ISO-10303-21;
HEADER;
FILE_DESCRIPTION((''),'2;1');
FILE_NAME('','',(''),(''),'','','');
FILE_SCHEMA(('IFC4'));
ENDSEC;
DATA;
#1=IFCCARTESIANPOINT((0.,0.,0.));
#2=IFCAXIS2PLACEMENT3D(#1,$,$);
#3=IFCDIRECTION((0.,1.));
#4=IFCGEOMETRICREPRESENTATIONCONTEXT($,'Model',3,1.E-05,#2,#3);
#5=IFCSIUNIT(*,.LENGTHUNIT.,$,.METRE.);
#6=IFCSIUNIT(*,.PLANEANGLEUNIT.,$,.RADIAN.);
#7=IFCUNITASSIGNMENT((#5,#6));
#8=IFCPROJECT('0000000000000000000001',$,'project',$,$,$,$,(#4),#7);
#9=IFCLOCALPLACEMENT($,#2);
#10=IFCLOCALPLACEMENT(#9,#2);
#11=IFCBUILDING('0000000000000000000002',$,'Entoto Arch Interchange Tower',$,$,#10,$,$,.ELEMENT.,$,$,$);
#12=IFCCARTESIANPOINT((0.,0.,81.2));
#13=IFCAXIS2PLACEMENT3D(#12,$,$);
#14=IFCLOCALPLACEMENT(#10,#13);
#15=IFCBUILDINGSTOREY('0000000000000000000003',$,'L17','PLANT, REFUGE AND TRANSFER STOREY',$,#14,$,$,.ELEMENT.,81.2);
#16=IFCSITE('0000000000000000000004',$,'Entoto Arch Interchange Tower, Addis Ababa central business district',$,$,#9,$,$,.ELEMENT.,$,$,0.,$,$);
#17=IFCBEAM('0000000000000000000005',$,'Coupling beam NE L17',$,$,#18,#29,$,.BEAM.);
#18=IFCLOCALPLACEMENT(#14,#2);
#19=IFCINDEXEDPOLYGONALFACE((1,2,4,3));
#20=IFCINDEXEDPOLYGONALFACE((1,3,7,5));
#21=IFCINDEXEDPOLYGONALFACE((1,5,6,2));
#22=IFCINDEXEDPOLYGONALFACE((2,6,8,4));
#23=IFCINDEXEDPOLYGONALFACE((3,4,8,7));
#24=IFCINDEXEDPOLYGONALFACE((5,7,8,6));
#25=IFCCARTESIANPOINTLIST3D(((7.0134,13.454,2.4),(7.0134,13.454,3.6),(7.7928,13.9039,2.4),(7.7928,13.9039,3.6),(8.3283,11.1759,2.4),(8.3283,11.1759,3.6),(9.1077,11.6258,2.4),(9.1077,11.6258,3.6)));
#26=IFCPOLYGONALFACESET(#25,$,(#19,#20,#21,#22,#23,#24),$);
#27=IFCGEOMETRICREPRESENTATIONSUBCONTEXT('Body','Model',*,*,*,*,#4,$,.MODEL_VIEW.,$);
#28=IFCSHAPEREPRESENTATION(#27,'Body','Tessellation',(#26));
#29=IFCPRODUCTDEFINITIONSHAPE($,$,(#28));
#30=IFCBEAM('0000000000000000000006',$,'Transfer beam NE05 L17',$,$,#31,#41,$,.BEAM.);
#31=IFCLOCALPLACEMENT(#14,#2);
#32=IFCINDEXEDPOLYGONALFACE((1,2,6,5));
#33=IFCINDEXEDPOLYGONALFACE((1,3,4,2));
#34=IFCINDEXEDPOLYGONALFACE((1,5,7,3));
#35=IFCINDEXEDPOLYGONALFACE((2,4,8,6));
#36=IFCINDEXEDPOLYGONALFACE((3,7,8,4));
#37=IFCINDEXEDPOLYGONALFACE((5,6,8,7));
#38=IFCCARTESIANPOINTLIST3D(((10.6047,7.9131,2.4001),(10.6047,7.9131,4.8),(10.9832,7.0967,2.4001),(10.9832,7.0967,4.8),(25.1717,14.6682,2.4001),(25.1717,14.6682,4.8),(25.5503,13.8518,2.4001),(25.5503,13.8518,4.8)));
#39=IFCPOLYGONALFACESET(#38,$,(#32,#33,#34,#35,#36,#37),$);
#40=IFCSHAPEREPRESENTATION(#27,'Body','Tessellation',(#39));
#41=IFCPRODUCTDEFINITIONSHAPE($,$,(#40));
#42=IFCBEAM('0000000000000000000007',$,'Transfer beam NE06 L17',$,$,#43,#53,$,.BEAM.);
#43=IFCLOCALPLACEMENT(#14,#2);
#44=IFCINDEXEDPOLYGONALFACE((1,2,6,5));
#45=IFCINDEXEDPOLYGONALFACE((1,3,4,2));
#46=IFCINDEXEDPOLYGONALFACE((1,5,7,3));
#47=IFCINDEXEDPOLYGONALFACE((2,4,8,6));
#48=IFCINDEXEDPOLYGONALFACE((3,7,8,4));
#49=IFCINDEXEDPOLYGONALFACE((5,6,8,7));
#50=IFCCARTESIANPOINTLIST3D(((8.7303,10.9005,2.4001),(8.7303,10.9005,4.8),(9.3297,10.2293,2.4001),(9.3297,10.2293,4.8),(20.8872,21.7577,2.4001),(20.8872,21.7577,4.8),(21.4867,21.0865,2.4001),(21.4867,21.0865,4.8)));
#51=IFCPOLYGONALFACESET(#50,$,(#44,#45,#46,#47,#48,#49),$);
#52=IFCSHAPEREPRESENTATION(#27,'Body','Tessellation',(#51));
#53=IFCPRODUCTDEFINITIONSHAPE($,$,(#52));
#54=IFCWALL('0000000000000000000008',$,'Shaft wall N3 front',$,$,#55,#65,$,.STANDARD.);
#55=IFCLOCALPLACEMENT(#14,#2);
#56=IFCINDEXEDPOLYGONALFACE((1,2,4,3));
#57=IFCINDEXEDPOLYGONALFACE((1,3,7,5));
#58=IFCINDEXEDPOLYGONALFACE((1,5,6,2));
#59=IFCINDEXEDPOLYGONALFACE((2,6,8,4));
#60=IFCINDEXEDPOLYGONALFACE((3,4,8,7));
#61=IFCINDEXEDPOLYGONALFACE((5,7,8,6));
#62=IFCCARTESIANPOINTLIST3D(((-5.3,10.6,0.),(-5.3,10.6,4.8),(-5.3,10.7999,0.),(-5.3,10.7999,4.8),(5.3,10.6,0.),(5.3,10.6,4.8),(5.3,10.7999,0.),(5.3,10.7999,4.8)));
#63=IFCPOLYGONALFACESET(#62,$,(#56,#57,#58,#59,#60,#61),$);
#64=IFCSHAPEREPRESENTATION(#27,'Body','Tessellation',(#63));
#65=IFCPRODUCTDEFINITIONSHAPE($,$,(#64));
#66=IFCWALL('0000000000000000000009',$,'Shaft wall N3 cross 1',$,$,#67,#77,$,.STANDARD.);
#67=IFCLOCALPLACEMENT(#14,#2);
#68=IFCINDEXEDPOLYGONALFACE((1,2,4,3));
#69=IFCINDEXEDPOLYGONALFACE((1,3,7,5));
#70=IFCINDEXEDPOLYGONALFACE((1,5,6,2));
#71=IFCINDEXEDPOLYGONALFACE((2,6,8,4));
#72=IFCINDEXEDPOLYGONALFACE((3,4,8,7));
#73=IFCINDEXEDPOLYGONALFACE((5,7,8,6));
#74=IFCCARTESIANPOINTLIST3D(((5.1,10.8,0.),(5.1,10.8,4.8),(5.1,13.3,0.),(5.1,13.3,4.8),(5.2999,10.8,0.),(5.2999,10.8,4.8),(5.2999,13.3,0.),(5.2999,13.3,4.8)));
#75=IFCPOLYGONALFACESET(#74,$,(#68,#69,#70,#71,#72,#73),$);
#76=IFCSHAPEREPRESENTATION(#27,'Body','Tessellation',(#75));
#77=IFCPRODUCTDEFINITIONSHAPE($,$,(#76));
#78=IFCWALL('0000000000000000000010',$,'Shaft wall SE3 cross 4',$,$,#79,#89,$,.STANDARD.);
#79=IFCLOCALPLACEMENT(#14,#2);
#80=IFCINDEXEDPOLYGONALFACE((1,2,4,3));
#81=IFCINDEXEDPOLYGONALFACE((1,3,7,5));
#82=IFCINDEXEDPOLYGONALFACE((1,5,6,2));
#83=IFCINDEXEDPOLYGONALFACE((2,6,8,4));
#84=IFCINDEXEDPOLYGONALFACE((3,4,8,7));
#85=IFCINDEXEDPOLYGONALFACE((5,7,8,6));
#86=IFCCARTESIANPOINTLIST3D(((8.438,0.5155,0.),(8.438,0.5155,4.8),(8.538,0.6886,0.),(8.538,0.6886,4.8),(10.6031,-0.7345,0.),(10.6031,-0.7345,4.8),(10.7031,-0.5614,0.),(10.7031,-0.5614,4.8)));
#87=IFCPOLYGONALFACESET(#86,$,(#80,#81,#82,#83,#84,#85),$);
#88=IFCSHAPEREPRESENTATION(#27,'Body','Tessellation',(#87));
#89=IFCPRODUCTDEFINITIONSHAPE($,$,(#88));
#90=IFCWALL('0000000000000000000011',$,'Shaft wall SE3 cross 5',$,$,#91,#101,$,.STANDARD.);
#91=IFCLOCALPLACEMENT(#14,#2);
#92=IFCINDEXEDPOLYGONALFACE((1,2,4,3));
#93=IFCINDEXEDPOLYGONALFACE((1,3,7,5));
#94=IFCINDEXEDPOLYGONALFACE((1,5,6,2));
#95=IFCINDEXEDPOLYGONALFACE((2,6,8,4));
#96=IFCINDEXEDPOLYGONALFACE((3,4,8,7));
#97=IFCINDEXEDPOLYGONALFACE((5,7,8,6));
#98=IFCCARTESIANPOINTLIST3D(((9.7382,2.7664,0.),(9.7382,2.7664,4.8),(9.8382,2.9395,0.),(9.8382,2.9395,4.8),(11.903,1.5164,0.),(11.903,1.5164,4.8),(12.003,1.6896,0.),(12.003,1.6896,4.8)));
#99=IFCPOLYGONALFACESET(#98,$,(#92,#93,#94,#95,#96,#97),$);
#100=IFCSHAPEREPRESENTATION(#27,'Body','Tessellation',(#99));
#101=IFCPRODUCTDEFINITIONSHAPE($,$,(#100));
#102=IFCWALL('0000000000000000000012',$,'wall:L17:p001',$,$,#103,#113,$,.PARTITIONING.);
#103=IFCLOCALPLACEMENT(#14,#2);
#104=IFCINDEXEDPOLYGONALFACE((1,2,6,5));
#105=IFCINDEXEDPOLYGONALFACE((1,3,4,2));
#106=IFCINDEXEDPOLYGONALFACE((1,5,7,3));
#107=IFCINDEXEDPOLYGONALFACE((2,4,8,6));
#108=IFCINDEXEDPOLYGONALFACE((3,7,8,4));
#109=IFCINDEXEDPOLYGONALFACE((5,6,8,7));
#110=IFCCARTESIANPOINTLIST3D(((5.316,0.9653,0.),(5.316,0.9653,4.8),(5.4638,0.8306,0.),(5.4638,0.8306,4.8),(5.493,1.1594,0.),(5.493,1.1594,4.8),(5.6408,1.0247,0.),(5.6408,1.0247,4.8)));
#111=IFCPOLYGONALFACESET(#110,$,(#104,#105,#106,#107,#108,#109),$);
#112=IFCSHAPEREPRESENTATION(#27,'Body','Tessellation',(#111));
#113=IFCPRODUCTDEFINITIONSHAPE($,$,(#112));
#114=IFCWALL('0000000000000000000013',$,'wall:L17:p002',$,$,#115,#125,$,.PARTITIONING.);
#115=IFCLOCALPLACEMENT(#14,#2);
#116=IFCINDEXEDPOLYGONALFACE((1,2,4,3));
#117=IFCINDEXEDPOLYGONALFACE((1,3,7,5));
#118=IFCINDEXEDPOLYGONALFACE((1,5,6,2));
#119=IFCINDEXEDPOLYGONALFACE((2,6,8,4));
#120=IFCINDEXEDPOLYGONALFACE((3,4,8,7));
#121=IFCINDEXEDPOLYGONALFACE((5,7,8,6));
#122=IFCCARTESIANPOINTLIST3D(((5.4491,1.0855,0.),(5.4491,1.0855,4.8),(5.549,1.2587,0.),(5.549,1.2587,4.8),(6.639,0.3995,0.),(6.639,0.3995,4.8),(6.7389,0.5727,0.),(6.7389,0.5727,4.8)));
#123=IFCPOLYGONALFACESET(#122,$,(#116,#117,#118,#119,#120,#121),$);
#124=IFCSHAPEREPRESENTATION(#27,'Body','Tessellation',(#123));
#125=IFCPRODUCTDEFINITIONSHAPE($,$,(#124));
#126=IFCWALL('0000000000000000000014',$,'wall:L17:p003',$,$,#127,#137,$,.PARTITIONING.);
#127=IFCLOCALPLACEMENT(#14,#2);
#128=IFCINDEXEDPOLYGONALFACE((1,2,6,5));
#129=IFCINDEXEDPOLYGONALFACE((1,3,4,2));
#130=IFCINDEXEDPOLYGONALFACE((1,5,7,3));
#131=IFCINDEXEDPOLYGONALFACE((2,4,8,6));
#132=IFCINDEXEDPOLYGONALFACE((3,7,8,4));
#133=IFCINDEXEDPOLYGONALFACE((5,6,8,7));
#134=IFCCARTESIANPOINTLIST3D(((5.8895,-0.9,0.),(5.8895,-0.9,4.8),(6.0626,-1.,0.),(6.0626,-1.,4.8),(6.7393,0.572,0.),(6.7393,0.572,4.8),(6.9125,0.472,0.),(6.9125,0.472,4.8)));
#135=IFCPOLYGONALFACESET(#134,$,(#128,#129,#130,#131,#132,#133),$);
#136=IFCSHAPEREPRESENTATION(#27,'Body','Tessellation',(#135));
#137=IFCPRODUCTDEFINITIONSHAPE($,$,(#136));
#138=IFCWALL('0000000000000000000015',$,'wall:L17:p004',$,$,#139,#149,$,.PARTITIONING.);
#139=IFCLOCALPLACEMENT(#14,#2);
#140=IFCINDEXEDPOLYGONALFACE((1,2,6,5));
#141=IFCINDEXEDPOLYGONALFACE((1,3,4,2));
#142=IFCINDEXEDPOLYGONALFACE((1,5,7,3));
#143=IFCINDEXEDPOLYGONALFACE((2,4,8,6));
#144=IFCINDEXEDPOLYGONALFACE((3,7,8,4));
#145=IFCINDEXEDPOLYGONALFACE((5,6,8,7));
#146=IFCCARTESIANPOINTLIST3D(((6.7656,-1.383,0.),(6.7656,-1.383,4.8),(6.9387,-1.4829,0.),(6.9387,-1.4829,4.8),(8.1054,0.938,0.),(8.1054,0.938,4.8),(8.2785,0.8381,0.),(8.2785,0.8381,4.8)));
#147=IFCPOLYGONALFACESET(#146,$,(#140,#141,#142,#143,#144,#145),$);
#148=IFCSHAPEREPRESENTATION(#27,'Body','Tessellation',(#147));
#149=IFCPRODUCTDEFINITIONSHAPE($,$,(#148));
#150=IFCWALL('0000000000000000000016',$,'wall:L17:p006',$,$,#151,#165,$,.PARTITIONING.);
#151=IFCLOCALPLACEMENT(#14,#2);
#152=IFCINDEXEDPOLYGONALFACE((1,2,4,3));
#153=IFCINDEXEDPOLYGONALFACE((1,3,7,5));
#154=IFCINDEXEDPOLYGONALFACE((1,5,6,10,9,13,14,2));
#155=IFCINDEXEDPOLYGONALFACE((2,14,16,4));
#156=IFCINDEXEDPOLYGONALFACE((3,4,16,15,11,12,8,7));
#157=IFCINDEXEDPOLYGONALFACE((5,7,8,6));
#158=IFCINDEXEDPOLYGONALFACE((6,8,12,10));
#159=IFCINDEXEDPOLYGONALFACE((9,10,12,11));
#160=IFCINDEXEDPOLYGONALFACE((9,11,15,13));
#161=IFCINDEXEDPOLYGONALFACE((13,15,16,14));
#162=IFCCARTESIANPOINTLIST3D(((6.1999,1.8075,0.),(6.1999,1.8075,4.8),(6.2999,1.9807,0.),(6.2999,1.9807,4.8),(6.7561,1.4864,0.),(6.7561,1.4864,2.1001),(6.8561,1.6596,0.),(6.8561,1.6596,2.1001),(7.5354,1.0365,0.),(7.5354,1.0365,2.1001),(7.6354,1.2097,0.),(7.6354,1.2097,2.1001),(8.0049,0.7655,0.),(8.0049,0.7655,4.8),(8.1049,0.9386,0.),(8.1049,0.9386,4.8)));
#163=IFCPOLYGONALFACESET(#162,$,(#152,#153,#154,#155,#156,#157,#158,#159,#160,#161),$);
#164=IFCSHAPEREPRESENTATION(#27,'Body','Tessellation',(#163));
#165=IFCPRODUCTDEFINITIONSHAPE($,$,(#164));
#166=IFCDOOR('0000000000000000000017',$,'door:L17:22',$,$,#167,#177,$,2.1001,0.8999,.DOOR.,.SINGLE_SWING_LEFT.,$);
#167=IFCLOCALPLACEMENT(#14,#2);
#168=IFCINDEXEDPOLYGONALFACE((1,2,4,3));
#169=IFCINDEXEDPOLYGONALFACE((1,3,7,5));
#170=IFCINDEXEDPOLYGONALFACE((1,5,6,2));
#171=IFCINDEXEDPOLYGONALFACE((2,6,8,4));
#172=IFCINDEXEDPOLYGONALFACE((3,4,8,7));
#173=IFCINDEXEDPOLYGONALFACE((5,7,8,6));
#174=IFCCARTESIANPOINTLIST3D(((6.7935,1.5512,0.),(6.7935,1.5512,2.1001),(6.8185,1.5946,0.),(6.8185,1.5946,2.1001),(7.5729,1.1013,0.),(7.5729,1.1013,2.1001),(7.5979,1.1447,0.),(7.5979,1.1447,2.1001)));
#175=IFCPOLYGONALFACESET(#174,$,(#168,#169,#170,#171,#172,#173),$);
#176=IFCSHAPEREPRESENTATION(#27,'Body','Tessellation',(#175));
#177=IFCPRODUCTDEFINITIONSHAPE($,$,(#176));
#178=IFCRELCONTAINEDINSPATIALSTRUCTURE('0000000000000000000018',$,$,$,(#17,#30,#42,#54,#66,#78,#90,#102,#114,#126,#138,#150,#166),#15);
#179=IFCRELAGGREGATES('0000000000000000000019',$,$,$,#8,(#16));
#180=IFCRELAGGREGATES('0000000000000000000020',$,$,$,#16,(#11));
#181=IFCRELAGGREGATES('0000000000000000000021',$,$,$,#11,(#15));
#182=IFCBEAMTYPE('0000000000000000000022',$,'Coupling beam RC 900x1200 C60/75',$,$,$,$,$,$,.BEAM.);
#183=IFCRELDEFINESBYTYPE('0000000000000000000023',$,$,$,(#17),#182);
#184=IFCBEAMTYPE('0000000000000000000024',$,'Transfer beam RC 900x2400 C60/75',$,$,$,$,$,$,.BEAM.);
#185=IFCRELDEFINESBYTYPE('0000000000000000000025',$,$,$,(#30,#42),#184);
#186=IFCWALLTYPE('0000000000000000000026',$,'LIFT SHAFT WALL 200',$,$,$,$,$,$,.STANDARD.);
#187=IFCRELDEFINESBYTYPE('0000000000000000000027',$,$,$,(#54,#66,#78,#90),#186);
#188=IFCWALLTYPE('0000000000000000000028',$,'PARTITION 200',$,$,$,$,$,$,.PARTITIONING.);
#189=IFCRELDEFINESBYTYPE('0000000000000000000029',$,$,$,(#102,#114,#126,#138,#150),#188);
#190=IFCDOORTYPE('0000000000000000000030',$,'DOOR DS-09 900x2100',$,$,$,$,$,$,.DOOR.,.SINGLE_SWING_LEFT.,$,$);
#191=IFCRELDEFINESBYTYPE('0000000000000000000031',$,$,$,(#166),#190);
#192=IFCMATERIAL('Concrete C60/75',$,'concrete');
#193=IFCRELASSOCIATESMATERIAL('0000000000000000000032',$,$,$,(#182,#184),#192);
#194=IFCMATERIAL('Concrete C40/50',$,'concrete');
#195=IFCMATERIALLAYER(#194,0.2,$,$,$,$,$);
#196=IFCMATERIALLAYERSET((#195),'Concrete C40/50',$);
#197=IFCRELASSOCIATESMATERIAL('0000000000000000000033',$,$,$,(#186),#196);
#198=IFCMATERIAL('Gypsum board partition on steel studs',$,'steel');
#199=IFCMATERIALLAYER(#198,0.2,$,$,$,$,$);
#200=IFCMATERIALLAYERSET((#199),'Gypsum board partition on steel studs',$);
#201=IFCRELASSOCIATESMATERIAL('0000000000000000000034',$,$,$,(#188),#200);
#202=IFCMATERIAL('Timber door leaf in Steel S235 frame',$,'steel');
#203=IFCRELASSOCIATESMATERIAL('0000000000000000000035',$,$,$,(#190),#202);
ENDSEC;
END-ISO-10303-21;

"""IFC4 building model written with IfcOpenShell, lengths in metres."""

from ifc_helpers import new_model, si_unit, direction, frame, frame_2d, origin, origin_2d, place, context, subcontext, project, spatial, rectangle, extrude, material, layer, layer_set, material_profile, profile_set, type_object, element, fill, save


model = new_model("IFC4")

# Units and contexts
model_context = context("Model", 3, precision=1e-05, world=origin(), true_north=direction((0.0, 1.0)))
body_context = subcontext(model_context, "Body", "Model", "MODEL_VIEW")
ifc_project = project(units=[si_unit("LENGTHUNIT", "METRE"), si_unit("PLANEANGLEUNIT", "RADIAN")], contexts=[model_context])

# Site, building, storey
site_placement = place(None, origin())
site = spatial("IfcSite", under=ifc_project, at=site_placement, Name="Entoto Arch Interchange Tower, Addis Ababa central business district", CompositionType="ELEMENT", RefElevation=0.0)
building_placement = place(site_placement, origin())
building = spatial("IfcBuilding", under=site, at=building_placement, Name="Entoto Arch Interchange Tower", CompositionType="ELEMENT")
storey_placement = place(building_placement, frame((0.0, 0.0, 81.2)))
storey = spatial("IfcBuildingStorey", under=building, at=storey_placement, Name="L17", Description="PLANT, REFUGE AND TRANSFER STOREY", CompositionType="ELEMENT", Elevation=81.2)

# Beams
ifc_material_1 = material(Name="Concrete C60/75", Category="concrete")
ifc_material_profile_1 = material_profile(ifc_material_1, rectangle(XDim=0.8999, YDim=1.2, at=origin_2d()))
ifc_profile_set_1 = profile_set([ifc_material_profile_1], Name="Concrete C60/75")
beam_type_1 = type_object("IfcBeamType", Name="Coupling beam RC 900x1200 C60/75", PredefinedType="BEAM", material=ifc_profile_set_1)
beam_1_placement = place(storey_placement, frame((8.718, 11.4009, 3.0), z_axis=(-0.499913, 0.866076, 0.0), x_axis=(-0.866076, -0.499913, 0.0)))
element("IfcBeam", 1, at=beam_1_placement, inside=storey, type_object=beam_type_1, Name="Coupling beam NE L17", PredefinedType="BEAM", context=body_context, shape_type="SweptSolid", body=[
    extrude(rectangle(XDim=0.8999, YDim=1.2, at=origin_2d()), origin(), (0.0, 0.0, 1.0), 2.6304),
])
ifc_material_profile_2 = material_profile(ifc_material_1, rectangle(XDim=0.8999, YDim=2.3999, at=origin_2d()))
ifc_profile_set_2 = profile_set([ifc_material_profile_2], Name="Concrete C60/75")
beam_type_2 = type_object("IfcBeamType", Name="Transfer beam RC 900x2400 C60/75", PredefinedType="BEAM", material=ifc_profile_set_2)
beam_2_placement = place(storey_placement, frame((10.7939, 7.5049, 3.6001), z_axis=(0.907204, 0.420692, 0.0), x_axis=(-0.420692, 0.907204, 0.0)))
element("IfcBeam", 2, at=beam_2_placement, inside=storey, type_object=beam_type_2, Name="Transfer beam NE05 L17", PredefinedType="BEAM", context=body_context, shape_type="SweptSolid", body=[
    extrude(rectangle(XDim=0.8999, YDim=2.3999, at=origin_2d()), origin(), (0.0, 0.0, 1.0), 16.0571),
])
beam_3_placement = place(storey_placement, frame((9.03, 10.5649, 3.6001), z_axis=(0.745854, 0.666109, 0.0), x_axis=(-0.666109, 0.745854, 0.0)))
element("IfcBeam", 3, at=beam_3_placement, inside=storey, type_object=beam_type_2, Name="Transfer beam NE06 L17", PredefinedType="BEAM", context=body_context, shape_type="SweptSolid", body=[
    extrude(rectangle(XDim=0.8999, YDim=2.3999, at=origin_2d()), origin(), (0.0, 0.0, 1.0), 16.2993),
])

# Walls
ifc_material_2 = material(Name="Concrete C40/50", Category="concrete")
ifc_layer_1 = layer(ifc_material_2, 0.2)
ifc_layer_set_1 = layer_set([ifc_layer_1], Name="Concrete C40/50")
wall_type_1 = type_object("IfcWallType", Name="LIFT SHAFT WALL 200", PredefinedType="STANDARD", material=ifc_layer_set_1)
wall_1_placement = place(storey_placement, frame((5.3, 10.7, 0.0), z_axis=(0.0, 0.0, 1.0), x_axis=(-1.0, 0.0, 0.0)))
element("IfcWall", 4, at=wall_1_placement, inside=storey, type_object=wall_type_1, Name="Shaft wall N3 front", PredefinedType="STANDARD", context=body_context, shape_type="SweptSolid", body=[
    extrude(rectangle(XDim=10.6001, YDim=0.2, at=frame_2d((5.3, 0.0))), origin(), (0.0, 0.0, 1.0), 4.8),
])
for number, where, z_axis, x_axis, name in (
    (5, (5.2, 10.8, 0.0), (0.0, 0.0, 1.0), (0.0, 1.0, 0.0), "Shaft wall N3 cross 1"),
    (6, (8.488, 0.6021, 0.0), (0.0, 0.0, 1.0), (0.866023, -0.500004, 0.0), "Shaft wall SE3 cross 4"),
):
    element("IfcWall", number, at=place(storey_placement, frame(where, z_axis=z_axis, x_axis=x_axis)), inside=storey, type_object=wall_type_1, Name=name, PredefinedType="STANDARD", context=body_context, shape_type="SweptSolid", body=[
        extrude(rectangle(XDim=2.5, YDim=0.2, at=frame_2d((1.25, 0.0))), origin(), (0.0, 0.0, 1.0), 4.8),
    ])
wall_2_placement = place(storey_placement, frame((9.7881, 2.853, 0.0), z_axis=(0.0, 0.0, 1.0), x_axis=(0.865999, -0.500047, 0.0)))
element("IfcWall", 7, at=wall_2_placement, inside=storey, type_object=wall_type_1, Name="Shaft wall SE3 cross 5", PredefinedType="STANDARD", context=body_context, shape_type="SweptSolid", body=[
    extrude(rectangle(XDim=2.4998, YDim=0.2, at=frame_2d((1.25, 0.0))), origin(), (0.0, 0.0, 1.0), 4.8),
])
ifc_material_3 = material(Name="Gypsum board partition on steel studs", Category="steel")
ifc_layer_2 = layer(ifc_material_3, 0.2)
ifc_layer_set_2 = layer_set([ifc_layer_2], Name="Gypsum board partition on steel studs")
wall_type_2 = type_object("IfcWallType", Name="PARTITION 200", PredefinedType="PARTITIONING", material=ifc_layer_set_2)
wall_3_placement = place(storey_placement, frame((5.3899, 0.8979, 0.0), z_axis=(0.0, 0.0, 1.0), x_axis=(0.673828, 0.738888, 0.0)))
element("IfcWall", 8, at=wall_3_placement, inside=storey, type_object=wall_type_2, Name="wall:L17:p001", PredefinedType="PARTITIONING", context=body_context, shape_type="SweptSolid", body=[
    extrude(rectangle(XDim=0.2627, YDim=0.2, at=frame_2d((0.1313, 0.0))), origin(), (0.0, 0.0, 1.0), 4.8),
])
wall_4_placement = place(storey_placement, frame((5.499, 1.1721, 0.0), z_axis=(0.0, 0.0, 1.0), x_axis=(0.866334, -0.499466, 0.0)))
element("IfcWall", 9, at=wall_4_placement, inside=storey, type_object=wall_type_2, Name="wall:L17:p002", PredefinedType="PARTITIONING", context=body_context, shape_type="SweptSolid", body=[
    extrude(rectangle(XDim=1.3735, YDim=0.2, at=frame_2d((0.6868, 0.0))), origin(), (0.0, 0.0, 1.0), 4.8),
])
wall_5_placement = place(storey_placement, frame((6.8259, 0.522, 0.0), z_axis=(0.0, 0.0, 1.0), x_axis=(-0.500017, -0.866016, 0.0)))
element("IfcWall", 10, at=wall_5_placement, inside=storey, type_object=wall_type_2, Name="wall:L17:p003", PredefinedType="PARTITIONING", context=body_context, shape_type="SweptSolid", body=[
    extrude(rectangle(XDim=1.6997, YDim=0.2, at=frame_2d((0.8499, 0.0))), origin(), (0.0, 0.0, 1.0), 4.8),
])
wall_6_placement = place(storey_placement, frame((8.1919, 0.8879, 0.0), z_axis=(0.0, 0.0, 1.0), x_axis=(-0.499941, -0.86606, 0.0)))
element("IfcWall", 11, at=wall_6_placement, inside=storey, type_object=wall_type_2, Name="wall:L17:p004", PredefinedType="PARTITIONING", context=body_context, shape_type="SweptSolid", body=[
    extrude(rectangle(XDim=2.6799, YDim=0.2, at=frame_2d((1.3398, 0.0))), origin(), (0.0, 0.0, 1.0), 4.8),
])

# Wall, opening, door
wall_7_placement = place(storey_placement, frame((6.25, 1.894, 0.0), z_axis=(0.0, 0.0, 1.0), x_axis=(0.866043, -0.499969, 0.0)))
wall_7 = element("IfcWall", 12, at=wall_7_placement, inside=storey, type_object=wall_type_2, Name="wall:L17:p006", PredefinedType="PARTITIONING", context=body_context, shape_type="SweptSolid", body=[
    extrude(rectangle(XDim=2.0842, YDim=0.2, at=frame_2d((1.042, 0.0))), origin(), (0.0, 0.0, 1.0), 4.8),
])
opening_placement = place(wall_7_placement, frame((0.6421, 0.0, 0.0)))
opening = element("IfcOpeningElement", 13, at=opening_placement, cuts=wall_7, PredefinedType="OPENING", context=body_context, shape_type="SweptSolid", body=[
    extrude(rectangle(XDim=0.8999, YDim=2.1001, at=frame_2d((0.45, 1.05))), frame((0.0, 0.1099, 0.0), z_axis=(0.0, -1.0, 0.0), x_axis=(1.0, 0.0, 0.0)), (0.0, 0.0, 1.0), 0.22),
])
ifc_material_4 = material(Name="Timber door leaf in Steel S235 frame", Category="steel")
door_type = type_object("IfcDoorType", Name="DOOR DS-09 900x2100", OperationType="SINGLE_SWING_LEFT", PredefinedType="DOOR", material=ifc_material_4)
door_placement = place(opening_placement, origin())
door = element("IfcDoor", 14, at=door_placement, inside=storey, type_object=door_type, Name="door:L17:22", OperationType="SINGLE_SWING_LEFT", OverallHeight=2.1001, OverallWidth=0.8999, PredefinedType="DOOR", context=body_context, shape_type="SweptSolid", body=[
    extrude(rectangle(XDim=0.8999, YDim=2.1001, at=frame_2d((0.45, 1.05))), frame((0.0, 0.0249, 0.0), z_axis=(0.0, -1.0, 0.0), x_axis=(1.0, 0.0, 0.0)), (0.0, 0.0, 1.0), 0.05),
])
fill(opening, door)

save(model, "model.ifc")
